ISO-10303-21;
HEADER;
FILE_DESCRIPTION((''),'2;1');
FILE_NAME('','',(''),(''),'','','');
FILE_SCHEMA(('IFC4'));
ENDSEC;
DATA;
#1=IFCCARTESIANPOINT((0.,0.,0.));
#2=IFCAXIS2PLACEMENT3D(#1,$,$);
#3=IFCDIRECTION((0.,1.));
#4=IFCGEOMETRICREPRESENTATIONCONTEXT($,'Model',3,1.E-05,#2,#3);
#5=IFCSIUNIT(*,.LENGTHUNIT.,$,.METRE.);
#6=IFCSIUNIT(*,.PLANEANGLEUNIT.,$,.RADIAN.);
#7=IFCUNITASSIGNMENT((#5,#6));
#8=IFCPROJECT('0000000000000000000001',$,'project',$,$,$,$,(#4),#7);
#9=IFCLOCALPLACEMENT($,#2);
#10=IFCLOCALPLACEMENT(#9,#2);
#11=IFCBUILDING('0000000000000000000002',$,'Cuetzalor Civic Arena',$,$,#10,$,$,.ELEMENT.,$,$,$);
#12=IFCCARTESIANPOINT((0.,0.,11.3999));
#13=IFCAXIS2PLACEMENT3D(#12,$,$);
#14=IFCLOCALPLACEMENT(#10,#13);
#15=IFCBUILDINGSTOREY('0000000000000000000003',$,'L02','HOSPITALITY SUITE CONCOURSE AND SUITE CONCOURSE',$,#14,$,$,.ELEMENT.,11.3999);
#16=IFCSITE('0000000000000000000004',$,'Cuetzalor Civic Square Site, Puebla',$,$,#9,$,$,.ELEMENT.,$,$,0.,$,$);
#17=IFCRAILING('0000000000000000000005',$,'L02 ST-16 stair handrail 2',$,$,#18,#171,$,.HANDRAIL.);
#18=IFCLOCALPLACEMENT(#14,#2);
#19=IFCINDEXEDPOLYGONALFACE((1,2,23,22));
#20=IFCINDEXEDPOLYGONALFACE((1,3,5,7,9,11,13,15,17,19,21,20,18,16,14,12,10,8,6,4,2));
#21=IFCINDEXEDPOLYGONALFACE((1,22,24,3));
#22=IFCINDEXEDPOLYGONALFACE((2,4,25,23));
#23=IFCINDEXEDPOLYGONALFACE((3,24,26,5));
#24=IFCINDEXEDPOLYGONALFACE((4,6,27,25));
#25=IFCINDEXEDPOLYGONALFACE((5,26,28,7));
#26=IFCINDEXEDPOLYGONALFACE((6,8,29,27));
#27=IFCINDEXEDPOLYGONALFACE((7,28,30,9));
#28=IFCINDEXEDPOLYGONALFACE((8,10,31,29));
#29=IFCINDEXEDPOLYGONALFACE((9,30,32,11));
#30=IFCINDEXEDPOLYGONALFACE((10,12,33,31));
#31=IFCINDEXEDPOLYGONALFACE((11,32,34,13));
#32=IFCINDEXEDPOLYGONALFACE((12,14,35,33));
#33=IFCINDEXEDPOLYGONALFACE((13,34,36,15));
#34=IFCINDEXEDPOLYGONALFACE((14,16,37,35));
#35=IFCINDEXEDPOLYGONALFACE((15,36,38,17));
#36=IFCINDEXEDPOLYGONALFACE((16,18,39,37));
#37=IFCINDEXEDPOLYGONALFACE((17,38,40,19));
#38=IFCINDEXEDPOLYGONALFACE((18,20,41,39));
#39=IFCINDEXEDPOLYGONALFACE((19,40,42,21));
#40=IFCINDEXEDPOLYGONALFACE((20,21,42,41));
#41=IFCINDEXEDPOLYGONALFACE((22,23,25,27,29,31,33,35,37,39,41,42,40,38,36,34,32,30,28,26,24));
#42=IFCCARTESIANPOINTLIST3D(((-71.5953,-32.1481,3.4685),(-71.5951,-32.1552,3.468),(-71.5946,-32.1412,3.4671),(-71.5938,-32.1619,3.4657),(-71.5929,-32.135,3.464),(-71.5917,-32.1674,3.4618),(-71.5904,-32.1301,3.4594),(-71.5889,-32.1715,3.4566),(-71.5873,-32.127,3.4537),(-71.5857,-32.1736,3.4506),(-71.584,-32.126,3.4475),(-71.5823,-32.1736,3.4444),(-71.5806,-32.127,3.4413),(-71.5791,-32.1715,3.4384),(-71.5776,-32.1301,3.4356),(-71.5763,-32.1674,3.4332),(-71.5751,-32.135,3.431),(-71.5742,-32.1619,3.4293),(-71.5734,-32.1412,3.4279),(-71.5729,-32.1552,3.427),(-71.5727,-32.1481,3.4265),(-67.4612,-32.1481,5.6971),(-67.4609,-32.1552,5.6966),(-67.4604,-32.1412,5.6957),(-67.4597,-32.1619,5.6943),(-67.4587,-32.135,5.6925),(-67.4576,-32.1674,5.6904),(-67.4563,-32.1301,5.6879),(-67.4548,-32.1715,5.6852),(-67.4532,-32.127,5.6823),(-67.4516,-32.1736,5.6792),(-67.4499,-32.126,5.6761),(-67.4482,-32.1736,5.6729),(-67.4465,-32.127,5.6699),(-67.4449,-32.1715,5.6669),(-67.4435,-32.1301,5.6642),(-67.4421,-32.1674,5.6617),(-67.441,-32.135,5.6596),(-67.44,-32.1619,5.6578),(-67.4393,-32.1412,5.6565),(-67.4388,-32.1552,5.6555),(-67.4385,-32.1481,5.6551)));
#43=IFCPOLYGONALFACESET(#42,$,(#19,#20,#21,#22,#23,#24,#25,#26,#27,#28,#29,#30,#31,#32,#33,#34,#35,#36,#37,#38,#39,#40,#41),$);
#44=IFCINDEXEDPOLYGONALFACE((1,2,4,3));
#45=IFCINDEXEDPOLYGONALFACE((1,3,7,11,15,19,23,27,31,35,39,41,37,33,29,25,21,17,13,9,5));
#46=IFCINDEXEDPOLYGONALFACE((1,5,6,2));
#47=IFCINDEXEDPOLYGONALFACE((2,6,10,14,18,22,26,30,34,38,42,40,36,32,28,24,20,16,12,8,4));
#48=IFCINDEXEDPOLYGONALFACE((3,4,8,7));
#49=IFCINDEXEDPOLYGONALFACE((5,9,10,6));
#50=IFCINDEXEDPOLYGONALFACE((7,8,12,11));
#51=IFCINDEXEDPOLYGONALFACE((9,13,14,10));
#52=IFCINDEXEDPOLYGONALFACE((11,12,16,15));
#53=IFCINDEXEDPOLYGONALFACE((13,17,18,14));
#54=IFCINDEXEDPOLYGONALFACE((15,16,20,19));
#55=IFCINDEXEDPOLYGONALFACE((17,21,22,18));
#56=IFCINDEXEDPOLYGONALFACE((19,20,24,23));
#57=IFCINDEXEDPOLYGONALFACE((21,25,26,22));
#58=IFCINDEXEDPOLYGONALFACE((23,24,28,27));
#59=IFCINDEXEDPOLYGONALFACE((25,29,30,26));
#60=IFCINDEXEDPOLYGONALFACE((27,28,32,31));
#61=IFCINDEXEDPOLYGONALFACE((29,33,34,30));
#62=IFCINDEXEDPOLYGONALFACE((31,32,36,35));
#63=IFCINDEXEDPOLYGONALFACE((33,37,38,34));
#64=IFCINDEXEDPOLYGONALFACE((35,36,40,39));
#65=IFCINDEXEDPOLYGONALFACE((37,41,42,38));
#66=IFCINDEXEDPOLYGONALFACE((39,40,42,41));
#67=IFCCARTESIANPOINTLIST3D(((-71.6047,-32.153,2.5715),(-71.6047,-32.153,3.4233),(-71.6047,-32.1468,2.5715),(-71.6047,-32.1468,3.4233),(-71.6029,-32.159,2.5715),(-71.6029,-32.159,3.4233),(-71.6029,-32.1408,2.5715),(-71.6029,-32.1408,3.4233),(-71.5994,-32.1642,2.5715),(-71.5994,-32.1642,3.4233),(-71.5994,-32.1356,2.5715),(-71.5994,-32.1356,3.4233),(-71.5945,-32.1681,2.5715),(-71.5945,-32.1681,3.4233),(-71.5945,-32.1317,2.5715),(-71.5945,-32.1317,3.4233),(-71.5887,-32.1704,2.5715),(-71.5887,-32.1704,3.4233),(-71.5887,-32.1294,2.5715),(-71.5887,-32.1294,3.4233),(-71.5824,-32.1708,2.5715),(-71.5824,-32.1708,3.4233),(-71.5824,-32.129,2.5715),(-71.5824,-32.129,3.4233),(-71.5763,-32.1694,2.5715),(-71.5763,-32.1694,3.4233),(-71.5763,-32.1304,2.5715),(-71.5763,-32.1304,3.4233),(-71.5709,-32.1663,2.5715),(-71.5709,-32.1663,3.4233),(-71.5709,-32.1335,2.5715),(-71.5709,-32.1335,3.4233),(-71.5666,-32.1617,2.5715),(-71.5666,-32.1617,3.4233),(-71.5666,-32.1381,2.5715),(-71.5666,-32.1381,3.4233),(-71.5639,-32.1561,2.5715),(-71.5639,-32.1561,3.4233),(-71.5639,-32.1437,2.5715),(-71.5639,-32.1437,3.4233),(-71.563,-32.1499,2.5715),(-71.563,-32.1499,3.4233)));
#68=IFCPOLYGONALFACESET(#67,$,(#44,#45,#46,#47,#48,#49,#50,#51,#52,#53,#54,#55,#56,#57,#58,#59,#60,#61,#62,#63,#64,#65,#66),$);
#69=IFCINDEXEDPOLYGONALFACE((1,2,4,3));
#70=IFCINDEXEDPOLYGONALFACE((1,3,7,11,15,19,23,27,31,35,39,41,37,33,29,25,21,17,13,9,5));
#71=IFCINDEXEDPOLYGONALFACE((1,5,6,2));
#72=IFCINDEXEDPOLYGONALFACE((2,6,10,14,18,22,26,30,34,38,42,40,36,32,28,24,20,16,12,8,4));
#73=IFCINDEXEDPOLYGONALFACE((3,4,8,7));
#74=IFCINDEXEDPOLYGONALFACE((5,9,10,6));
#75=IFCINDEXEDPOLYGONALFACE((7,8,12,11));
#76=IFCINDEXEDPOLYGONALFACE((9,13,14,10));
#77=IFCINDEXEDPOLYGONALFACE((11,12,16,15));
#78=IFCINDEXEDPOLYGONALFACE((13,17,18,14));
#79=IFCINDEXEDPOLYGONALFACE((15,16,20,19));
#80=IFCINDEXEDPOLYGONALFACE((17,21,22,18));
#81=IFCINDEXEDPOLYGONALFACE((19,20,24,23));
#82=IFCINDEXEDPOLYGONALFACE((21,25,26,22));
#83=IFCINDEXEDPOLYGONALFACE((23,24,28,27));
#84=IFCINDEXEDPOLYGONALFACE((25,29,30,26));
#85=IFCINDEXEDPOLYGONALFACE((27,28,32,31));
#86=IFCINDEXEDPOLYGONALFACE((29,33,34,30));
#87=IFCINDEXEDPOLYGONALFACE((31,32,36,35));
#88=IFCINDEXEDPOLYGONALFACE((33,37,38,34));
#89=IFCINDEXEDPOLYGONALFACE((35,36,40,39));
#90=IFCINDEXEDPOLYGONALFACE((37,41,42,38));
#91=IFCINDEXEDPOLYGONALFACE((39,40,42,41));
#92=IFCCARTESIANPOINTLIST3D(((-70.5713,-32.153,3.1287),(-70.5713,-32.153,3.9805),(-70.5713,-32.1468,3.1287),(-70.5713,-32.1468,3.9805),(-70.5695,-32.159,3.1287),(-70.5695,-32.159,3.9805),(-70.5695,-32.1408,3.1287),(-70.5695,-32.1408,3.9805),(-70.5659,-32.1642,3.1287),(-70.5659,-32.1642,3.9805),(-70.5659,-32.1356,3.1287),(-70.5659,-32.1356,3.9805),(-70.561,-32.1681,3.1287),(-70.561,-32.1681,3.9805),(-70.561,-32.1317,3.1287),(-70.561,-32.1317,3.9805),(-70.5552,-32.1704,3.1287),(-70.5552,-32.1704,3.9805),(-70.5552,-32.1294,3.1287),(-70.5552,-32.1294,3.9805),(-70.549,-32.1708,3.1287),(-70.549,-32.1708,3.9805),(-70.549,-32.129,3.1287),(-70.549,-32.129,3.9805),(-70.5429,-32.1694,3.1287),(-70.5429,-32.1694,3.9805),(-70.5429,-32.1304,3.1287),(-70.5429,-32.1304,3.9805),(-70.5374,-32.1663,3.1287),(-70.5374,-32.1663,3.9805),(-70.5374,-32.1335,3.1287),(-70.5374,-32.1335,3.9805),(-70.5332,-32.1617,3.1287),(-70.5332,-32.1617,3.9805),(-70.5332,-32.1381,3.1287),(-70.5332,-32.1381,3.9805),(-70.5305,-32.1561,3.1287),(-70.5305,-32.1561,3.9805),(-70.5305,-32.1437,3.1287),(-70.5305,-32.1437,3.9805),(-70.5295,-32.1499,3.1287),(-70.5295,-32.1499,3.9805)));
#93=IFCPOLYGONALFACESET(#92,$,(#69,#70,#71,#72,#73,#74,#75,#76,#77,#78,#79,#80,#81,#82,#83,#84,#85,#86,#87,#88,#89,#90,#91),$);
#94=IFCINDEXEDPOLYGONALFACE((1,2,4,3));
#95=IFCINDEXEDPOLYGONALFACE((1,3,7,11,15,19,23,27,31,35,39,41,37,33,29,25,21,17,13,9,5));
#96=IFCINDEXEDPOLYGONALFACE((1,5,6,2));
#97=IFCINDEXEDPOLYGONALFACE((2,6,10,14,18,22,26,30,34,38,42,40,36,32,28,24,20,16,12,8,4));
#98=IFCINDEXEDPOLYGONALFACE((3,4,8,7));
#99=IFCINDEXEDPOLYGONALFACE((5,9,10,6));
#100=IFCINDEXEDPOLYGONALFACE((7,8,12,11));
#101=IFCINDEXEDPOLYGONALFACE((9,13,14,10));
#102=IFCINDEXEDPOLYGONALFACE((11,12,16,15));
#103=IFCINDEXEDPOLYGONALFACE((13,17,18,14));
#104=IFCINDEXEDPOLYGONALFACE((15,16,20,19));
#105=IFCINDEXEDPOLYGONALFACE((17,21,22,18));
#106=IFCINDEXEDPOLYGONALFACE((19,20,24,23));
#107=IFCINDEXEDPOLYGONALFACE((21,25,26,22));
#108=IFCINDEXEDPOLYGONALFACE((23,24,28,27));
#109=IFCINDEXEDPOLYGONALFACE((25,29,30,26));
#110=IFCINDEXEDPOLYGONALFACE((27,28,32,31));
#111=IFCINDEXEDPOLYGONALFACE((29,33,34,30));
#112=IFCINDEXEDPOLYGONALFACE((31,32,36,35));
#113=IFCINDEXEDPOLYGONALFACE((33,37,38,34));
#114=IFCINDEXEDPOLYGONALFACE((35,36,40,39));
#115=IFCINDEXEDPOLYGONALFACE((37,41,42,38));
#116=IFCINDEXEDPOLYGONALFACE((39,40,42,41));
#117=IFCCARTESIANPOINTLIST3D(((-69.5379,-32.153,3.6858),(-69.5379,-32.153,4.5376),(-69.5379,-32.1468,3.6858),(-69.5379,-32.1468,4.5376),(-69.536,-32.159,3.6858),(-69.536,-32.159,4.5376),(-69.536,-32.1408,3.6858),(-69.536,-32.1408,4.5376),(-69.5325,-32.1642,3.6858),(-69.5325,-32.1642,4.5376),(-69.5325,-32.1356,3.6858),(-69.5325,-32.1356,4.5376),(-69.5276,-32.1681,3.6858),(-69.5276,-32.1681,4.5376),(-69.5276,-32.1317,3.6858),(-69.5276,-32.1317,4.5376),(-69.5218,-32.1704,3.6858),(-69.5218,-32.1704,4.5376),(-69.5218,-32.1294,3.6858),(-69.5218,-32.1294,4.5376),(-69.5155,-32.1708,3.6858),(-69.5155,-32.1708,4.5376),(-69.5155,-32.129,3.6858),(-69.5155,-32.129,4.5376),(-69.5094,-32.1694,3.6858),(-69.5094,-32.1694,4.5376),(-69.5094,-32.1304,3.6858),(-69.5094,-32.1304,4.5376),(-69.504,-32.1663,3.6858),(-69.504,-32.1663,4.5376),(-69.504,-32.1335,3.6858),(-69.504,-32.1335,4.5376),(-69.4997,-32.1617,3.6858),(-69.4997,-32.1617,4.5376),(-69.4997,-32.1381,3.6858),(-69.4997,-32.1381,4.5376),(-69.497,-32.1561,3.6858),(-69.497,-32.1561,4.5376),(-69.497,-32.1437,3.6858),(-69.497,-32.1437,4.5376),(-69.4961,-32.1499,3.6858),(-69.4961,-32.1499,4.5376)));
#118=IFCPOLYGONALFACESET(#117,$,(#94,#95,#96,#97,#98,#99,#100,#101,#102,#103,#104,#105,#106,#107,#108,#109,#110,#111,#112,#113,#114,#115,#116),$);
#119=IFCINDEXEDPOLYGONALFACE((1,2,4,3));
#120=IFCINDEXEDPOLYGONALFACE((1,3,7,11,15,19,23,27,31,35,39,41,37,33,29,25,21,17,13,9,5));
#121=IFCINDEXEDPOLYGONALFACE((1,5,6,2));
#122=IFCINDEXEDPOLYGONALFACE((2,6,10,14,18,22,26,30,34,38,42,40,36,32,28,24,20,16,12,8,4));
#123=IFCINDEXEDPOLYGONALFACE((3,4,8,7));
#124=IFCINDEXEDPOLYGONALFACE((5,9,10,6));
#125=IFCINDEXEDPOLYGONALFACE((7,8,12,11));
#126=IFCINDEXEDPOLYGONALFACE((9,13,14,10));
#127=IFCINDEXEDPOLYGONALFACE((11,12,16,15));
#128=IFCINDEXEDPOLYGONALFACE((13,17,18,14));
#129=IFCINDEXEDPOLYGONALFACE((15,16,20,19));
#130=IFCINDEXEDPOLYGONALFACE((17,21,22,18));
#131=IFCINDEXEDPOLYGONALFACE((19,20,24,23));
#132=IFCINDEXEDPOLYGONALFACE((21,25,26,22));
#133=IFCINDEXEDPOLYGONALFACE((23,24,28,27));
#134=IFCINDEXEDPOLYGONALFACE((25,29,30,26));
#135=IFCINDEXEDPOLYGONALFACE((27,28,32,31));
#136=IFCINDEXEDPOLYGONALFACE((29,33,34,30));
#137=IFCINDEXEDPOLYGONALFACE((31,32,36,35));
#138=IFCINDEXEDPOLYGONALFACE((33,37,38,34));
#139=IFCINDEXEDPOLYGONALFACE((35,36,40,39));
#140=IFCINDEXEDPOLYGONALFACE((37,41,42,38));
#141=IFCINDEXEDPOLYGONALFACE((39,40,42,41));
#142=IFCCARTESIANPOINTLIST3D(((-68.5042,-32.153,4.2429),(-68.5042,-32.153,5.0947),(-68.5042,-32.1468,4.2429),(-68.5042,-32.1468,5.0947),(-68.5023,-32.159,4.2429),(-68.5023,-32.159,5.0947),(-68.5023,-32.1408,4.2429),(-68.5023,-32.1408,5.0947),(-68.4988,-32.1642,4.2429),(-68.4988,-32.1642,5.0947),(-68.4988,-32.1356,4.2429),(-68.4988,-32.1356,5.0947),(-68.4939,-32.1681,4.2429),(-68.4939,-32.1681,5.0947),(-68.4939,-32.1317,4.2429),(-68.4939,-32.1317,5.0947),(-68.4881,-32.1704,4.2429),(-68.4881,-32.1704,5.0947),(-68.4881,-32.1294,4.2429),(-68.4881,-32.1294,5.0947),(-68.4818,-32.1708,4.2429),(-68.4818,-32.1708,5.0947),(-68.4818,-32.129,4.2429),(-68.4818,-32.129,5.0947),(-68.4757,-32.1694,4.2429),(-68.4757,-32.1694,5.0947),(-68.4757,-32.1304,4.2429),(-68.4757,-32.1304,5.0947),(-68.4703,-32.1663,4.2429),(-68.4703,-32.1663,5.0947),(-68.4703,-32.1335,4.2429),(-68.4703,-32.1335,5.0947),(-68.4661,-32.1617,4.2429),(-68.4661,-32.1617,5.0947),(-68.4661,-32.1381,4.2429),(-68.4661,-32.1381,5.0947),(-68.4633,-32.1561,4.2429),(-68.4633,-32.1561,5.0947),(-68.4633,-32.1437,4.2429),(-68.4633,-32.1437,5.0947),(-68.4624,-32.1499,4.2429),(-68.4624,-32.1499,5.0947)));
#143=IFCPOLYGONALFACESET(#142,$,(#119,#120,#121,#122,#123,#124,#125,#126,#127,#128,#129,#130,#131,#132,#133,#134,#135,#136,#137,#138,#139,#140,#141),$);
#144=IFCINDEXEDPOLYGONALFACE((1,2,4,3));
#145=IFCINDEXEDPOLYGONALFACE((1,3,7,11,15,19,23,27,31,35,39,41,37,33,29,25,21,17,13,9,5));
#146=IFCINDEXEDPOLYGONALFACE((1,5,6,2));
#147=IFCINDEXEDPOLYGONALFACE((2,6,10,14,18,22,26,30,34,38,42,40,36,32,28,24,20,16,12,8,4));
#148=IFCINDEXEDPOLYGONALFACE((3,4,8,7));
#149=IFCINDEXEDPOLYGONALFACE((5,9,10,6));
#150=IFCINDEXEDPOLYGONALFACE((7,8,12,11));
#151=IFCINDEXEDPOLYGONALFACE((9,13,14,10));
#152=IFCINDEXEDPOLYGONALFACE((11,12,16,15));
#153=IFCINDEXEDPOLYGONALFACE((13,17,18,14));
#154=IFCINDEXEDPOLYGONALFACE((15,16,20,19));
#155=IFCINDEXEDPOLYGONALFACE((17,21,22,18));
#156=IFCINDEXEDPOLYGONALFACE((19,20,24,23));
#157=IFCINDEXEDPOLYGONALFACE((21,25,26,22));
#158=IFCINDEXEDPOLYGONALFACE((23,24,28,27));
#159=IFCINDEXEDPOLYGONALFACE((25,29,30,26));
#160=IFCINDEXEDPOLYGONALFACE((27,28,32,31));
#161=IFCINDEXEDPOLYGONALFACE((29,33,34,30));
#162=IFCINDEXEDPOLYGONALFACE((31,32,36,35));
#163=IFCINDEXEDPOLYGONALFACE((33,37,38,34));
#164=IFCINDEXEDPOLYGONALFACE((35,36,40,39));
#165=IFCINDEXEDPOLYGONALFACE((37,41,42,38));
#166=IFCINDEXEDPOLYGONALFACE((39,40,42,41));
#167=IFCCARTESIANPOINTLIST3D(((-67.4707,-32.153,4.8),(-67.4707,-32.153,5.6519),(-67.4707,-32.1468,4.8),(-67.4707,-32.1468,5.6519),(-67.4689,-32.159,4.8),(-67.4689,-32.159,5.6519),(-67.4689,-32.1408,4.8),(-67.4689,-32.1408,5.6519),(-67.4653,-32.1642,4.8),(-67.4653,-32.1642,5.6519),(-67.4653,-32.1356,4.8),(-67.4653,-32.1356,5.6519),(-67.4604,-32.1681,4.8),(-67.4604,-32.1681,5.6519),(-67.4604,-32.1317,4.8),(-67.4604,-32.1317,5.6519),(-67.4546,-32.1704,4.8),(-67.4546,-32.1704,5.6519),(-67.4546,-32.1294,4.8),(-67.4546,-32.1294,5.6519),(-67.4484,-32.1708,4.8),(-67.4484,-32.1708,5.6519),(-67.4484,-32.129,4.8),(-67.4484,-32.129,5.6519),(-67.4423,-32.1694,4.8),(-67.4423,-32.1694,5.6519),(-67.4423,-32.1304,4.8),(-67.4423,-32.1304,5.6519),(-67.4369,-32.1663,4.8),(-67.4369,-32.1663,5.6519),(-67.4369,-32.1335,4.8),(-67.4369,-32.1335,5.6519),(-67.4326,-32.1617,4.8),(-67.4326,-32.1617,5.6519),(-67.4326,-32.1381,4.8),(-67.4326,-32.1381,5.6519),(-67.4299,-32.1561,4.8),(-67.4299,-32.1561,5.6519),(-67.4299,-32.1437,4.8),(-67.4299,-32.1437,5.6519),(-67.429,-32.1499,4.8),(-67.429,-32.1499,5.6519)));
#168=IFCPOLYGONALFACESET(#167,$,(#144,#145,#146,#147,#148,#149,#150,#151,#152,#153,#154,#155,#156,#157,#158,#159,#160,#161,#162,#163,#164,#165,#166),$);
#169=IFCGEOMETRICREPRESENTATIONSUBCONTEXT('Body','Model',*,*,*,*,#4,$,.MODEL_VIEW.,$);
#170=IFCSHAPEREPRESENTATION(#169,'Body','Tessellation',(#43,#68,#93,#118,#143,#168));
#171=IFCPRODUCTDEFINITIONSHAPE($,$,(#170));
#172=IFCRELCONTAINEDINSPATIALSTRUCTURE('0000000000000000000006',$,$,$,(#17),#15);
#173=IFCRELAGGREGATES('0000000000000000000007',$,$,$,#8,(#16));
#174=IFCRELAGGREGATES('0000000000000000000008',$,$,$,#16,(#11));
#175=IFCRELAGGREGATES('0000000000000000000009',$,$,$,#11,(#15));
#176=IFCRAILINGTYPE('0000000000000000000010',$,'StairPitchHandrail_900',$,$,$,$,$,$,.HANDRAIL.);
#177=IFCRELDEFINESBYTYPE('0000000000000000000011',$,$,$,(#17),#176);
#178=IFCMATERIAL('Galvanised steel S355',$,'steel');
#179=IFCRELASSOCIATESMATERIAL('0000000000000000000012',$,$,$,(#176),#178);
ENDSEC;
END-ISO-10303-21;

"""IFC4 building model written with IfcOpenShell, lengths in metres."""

from ifc_helpers import new_model, si_unit, direction, frame, origin, origin_2d, place, context, subcontext, project, spatial, circle, extrude, material, type_object, element, save


model = new_model("IFC4")

# Units and contexts
model_context = context("Model", 3, precision=1e-05, world=origin(), true_north=direction((0.0, 1.0)))
body_context = subcontext(model_context, "Body", "Model", "MODEL_VIEW")
ifc_project = project(units=[si_unit("LENGTHUNIT", "METRE"), si_unit("PLANEANGLEUNIT", "RADIAN")], contexts=[model_context])

# Site, building, storey
site_placement = place(None, origin())
site = spatial("IfcSite", under=ifc_project, at=site_placement, Name="Cuetzalor Civic Square Site, Puebla", CompositionType="ELEMENT", RefElevation=0.0)
building_placement = place(site_placement, origin())
building = spatial("IfcBuilding", under=site, at=building_placement, Name="Cuetzalor Civic Arena", CompositionType="ELEMENT")
storey_placement = place(building_placement, frame((0.0, 0.0, 11.3999)))
storey = spatial("IfcBuildingStorey", under=building, at=storey_placement, Name="L02", Description="HOSPITALITY SUITE CONCOURSE AND SUITE CONCOURSE", CompositionType="ELEMENT", Elevation=11.3999)

# Railing
ifc_material_1 = material(Name="Galvanised steel S355", Category="steel")
railing_type_1 = type_object("IfcRailingType", Name="StairPitchHandrail_900", PredefinedType="HANDRAIL", material=ifc_material_1)
railing_1_placement = place(storey_placement, frame((-71.584, -32.1499, 2.5715)))
element("IfcRailing", 1, at=railing_1_placement, inside=storey, type_object=railing_type_1, Name="L02 ST-16 stair handrail 2", PredefinedType="HANDRAIL", context=body_context, shape_type="SweptSolid", body=[
    extrude(circle(Radius=0.0239, at=origin_2d()), frame((0.0, 0.0, 0.876), z_axis=(0.880249, 0.0, 0.474512), x_axis=(0.0, 1.0, 0.0)), (0.0, 0.0, 1.0), 4.6965),
    extrude(circle(Radius=0.021, at=origin_2d()), origin(), (0.0, 0.0, 1.0), 0.8518),
    extrude(circle(Radius=0.021, at=origin_2d()), frame((1.0334, 0.0, 0.5571)), (0.0, 0.0, 1.0), 0.8518),
    extrude(circle(Radius=0.021, at=origin_2d()), frame((2.0669, 0.0, 1.1143)), (0.0, 0.0, 1.0), 0.8518),
    extrude(circle(Radius=0.021, at=origin_2d()), frame((3.1006, 0.0, 1.6714)), (0.0, 0.0, 1.0), 0.8518),
    extrude(circle(Radius=0.021, at=origin_2d()), frame((4.134, 0.0, 2.2285)), (0.0, 0.0, 1.0), 0.8518),
])

save(model, "model.ifc")
